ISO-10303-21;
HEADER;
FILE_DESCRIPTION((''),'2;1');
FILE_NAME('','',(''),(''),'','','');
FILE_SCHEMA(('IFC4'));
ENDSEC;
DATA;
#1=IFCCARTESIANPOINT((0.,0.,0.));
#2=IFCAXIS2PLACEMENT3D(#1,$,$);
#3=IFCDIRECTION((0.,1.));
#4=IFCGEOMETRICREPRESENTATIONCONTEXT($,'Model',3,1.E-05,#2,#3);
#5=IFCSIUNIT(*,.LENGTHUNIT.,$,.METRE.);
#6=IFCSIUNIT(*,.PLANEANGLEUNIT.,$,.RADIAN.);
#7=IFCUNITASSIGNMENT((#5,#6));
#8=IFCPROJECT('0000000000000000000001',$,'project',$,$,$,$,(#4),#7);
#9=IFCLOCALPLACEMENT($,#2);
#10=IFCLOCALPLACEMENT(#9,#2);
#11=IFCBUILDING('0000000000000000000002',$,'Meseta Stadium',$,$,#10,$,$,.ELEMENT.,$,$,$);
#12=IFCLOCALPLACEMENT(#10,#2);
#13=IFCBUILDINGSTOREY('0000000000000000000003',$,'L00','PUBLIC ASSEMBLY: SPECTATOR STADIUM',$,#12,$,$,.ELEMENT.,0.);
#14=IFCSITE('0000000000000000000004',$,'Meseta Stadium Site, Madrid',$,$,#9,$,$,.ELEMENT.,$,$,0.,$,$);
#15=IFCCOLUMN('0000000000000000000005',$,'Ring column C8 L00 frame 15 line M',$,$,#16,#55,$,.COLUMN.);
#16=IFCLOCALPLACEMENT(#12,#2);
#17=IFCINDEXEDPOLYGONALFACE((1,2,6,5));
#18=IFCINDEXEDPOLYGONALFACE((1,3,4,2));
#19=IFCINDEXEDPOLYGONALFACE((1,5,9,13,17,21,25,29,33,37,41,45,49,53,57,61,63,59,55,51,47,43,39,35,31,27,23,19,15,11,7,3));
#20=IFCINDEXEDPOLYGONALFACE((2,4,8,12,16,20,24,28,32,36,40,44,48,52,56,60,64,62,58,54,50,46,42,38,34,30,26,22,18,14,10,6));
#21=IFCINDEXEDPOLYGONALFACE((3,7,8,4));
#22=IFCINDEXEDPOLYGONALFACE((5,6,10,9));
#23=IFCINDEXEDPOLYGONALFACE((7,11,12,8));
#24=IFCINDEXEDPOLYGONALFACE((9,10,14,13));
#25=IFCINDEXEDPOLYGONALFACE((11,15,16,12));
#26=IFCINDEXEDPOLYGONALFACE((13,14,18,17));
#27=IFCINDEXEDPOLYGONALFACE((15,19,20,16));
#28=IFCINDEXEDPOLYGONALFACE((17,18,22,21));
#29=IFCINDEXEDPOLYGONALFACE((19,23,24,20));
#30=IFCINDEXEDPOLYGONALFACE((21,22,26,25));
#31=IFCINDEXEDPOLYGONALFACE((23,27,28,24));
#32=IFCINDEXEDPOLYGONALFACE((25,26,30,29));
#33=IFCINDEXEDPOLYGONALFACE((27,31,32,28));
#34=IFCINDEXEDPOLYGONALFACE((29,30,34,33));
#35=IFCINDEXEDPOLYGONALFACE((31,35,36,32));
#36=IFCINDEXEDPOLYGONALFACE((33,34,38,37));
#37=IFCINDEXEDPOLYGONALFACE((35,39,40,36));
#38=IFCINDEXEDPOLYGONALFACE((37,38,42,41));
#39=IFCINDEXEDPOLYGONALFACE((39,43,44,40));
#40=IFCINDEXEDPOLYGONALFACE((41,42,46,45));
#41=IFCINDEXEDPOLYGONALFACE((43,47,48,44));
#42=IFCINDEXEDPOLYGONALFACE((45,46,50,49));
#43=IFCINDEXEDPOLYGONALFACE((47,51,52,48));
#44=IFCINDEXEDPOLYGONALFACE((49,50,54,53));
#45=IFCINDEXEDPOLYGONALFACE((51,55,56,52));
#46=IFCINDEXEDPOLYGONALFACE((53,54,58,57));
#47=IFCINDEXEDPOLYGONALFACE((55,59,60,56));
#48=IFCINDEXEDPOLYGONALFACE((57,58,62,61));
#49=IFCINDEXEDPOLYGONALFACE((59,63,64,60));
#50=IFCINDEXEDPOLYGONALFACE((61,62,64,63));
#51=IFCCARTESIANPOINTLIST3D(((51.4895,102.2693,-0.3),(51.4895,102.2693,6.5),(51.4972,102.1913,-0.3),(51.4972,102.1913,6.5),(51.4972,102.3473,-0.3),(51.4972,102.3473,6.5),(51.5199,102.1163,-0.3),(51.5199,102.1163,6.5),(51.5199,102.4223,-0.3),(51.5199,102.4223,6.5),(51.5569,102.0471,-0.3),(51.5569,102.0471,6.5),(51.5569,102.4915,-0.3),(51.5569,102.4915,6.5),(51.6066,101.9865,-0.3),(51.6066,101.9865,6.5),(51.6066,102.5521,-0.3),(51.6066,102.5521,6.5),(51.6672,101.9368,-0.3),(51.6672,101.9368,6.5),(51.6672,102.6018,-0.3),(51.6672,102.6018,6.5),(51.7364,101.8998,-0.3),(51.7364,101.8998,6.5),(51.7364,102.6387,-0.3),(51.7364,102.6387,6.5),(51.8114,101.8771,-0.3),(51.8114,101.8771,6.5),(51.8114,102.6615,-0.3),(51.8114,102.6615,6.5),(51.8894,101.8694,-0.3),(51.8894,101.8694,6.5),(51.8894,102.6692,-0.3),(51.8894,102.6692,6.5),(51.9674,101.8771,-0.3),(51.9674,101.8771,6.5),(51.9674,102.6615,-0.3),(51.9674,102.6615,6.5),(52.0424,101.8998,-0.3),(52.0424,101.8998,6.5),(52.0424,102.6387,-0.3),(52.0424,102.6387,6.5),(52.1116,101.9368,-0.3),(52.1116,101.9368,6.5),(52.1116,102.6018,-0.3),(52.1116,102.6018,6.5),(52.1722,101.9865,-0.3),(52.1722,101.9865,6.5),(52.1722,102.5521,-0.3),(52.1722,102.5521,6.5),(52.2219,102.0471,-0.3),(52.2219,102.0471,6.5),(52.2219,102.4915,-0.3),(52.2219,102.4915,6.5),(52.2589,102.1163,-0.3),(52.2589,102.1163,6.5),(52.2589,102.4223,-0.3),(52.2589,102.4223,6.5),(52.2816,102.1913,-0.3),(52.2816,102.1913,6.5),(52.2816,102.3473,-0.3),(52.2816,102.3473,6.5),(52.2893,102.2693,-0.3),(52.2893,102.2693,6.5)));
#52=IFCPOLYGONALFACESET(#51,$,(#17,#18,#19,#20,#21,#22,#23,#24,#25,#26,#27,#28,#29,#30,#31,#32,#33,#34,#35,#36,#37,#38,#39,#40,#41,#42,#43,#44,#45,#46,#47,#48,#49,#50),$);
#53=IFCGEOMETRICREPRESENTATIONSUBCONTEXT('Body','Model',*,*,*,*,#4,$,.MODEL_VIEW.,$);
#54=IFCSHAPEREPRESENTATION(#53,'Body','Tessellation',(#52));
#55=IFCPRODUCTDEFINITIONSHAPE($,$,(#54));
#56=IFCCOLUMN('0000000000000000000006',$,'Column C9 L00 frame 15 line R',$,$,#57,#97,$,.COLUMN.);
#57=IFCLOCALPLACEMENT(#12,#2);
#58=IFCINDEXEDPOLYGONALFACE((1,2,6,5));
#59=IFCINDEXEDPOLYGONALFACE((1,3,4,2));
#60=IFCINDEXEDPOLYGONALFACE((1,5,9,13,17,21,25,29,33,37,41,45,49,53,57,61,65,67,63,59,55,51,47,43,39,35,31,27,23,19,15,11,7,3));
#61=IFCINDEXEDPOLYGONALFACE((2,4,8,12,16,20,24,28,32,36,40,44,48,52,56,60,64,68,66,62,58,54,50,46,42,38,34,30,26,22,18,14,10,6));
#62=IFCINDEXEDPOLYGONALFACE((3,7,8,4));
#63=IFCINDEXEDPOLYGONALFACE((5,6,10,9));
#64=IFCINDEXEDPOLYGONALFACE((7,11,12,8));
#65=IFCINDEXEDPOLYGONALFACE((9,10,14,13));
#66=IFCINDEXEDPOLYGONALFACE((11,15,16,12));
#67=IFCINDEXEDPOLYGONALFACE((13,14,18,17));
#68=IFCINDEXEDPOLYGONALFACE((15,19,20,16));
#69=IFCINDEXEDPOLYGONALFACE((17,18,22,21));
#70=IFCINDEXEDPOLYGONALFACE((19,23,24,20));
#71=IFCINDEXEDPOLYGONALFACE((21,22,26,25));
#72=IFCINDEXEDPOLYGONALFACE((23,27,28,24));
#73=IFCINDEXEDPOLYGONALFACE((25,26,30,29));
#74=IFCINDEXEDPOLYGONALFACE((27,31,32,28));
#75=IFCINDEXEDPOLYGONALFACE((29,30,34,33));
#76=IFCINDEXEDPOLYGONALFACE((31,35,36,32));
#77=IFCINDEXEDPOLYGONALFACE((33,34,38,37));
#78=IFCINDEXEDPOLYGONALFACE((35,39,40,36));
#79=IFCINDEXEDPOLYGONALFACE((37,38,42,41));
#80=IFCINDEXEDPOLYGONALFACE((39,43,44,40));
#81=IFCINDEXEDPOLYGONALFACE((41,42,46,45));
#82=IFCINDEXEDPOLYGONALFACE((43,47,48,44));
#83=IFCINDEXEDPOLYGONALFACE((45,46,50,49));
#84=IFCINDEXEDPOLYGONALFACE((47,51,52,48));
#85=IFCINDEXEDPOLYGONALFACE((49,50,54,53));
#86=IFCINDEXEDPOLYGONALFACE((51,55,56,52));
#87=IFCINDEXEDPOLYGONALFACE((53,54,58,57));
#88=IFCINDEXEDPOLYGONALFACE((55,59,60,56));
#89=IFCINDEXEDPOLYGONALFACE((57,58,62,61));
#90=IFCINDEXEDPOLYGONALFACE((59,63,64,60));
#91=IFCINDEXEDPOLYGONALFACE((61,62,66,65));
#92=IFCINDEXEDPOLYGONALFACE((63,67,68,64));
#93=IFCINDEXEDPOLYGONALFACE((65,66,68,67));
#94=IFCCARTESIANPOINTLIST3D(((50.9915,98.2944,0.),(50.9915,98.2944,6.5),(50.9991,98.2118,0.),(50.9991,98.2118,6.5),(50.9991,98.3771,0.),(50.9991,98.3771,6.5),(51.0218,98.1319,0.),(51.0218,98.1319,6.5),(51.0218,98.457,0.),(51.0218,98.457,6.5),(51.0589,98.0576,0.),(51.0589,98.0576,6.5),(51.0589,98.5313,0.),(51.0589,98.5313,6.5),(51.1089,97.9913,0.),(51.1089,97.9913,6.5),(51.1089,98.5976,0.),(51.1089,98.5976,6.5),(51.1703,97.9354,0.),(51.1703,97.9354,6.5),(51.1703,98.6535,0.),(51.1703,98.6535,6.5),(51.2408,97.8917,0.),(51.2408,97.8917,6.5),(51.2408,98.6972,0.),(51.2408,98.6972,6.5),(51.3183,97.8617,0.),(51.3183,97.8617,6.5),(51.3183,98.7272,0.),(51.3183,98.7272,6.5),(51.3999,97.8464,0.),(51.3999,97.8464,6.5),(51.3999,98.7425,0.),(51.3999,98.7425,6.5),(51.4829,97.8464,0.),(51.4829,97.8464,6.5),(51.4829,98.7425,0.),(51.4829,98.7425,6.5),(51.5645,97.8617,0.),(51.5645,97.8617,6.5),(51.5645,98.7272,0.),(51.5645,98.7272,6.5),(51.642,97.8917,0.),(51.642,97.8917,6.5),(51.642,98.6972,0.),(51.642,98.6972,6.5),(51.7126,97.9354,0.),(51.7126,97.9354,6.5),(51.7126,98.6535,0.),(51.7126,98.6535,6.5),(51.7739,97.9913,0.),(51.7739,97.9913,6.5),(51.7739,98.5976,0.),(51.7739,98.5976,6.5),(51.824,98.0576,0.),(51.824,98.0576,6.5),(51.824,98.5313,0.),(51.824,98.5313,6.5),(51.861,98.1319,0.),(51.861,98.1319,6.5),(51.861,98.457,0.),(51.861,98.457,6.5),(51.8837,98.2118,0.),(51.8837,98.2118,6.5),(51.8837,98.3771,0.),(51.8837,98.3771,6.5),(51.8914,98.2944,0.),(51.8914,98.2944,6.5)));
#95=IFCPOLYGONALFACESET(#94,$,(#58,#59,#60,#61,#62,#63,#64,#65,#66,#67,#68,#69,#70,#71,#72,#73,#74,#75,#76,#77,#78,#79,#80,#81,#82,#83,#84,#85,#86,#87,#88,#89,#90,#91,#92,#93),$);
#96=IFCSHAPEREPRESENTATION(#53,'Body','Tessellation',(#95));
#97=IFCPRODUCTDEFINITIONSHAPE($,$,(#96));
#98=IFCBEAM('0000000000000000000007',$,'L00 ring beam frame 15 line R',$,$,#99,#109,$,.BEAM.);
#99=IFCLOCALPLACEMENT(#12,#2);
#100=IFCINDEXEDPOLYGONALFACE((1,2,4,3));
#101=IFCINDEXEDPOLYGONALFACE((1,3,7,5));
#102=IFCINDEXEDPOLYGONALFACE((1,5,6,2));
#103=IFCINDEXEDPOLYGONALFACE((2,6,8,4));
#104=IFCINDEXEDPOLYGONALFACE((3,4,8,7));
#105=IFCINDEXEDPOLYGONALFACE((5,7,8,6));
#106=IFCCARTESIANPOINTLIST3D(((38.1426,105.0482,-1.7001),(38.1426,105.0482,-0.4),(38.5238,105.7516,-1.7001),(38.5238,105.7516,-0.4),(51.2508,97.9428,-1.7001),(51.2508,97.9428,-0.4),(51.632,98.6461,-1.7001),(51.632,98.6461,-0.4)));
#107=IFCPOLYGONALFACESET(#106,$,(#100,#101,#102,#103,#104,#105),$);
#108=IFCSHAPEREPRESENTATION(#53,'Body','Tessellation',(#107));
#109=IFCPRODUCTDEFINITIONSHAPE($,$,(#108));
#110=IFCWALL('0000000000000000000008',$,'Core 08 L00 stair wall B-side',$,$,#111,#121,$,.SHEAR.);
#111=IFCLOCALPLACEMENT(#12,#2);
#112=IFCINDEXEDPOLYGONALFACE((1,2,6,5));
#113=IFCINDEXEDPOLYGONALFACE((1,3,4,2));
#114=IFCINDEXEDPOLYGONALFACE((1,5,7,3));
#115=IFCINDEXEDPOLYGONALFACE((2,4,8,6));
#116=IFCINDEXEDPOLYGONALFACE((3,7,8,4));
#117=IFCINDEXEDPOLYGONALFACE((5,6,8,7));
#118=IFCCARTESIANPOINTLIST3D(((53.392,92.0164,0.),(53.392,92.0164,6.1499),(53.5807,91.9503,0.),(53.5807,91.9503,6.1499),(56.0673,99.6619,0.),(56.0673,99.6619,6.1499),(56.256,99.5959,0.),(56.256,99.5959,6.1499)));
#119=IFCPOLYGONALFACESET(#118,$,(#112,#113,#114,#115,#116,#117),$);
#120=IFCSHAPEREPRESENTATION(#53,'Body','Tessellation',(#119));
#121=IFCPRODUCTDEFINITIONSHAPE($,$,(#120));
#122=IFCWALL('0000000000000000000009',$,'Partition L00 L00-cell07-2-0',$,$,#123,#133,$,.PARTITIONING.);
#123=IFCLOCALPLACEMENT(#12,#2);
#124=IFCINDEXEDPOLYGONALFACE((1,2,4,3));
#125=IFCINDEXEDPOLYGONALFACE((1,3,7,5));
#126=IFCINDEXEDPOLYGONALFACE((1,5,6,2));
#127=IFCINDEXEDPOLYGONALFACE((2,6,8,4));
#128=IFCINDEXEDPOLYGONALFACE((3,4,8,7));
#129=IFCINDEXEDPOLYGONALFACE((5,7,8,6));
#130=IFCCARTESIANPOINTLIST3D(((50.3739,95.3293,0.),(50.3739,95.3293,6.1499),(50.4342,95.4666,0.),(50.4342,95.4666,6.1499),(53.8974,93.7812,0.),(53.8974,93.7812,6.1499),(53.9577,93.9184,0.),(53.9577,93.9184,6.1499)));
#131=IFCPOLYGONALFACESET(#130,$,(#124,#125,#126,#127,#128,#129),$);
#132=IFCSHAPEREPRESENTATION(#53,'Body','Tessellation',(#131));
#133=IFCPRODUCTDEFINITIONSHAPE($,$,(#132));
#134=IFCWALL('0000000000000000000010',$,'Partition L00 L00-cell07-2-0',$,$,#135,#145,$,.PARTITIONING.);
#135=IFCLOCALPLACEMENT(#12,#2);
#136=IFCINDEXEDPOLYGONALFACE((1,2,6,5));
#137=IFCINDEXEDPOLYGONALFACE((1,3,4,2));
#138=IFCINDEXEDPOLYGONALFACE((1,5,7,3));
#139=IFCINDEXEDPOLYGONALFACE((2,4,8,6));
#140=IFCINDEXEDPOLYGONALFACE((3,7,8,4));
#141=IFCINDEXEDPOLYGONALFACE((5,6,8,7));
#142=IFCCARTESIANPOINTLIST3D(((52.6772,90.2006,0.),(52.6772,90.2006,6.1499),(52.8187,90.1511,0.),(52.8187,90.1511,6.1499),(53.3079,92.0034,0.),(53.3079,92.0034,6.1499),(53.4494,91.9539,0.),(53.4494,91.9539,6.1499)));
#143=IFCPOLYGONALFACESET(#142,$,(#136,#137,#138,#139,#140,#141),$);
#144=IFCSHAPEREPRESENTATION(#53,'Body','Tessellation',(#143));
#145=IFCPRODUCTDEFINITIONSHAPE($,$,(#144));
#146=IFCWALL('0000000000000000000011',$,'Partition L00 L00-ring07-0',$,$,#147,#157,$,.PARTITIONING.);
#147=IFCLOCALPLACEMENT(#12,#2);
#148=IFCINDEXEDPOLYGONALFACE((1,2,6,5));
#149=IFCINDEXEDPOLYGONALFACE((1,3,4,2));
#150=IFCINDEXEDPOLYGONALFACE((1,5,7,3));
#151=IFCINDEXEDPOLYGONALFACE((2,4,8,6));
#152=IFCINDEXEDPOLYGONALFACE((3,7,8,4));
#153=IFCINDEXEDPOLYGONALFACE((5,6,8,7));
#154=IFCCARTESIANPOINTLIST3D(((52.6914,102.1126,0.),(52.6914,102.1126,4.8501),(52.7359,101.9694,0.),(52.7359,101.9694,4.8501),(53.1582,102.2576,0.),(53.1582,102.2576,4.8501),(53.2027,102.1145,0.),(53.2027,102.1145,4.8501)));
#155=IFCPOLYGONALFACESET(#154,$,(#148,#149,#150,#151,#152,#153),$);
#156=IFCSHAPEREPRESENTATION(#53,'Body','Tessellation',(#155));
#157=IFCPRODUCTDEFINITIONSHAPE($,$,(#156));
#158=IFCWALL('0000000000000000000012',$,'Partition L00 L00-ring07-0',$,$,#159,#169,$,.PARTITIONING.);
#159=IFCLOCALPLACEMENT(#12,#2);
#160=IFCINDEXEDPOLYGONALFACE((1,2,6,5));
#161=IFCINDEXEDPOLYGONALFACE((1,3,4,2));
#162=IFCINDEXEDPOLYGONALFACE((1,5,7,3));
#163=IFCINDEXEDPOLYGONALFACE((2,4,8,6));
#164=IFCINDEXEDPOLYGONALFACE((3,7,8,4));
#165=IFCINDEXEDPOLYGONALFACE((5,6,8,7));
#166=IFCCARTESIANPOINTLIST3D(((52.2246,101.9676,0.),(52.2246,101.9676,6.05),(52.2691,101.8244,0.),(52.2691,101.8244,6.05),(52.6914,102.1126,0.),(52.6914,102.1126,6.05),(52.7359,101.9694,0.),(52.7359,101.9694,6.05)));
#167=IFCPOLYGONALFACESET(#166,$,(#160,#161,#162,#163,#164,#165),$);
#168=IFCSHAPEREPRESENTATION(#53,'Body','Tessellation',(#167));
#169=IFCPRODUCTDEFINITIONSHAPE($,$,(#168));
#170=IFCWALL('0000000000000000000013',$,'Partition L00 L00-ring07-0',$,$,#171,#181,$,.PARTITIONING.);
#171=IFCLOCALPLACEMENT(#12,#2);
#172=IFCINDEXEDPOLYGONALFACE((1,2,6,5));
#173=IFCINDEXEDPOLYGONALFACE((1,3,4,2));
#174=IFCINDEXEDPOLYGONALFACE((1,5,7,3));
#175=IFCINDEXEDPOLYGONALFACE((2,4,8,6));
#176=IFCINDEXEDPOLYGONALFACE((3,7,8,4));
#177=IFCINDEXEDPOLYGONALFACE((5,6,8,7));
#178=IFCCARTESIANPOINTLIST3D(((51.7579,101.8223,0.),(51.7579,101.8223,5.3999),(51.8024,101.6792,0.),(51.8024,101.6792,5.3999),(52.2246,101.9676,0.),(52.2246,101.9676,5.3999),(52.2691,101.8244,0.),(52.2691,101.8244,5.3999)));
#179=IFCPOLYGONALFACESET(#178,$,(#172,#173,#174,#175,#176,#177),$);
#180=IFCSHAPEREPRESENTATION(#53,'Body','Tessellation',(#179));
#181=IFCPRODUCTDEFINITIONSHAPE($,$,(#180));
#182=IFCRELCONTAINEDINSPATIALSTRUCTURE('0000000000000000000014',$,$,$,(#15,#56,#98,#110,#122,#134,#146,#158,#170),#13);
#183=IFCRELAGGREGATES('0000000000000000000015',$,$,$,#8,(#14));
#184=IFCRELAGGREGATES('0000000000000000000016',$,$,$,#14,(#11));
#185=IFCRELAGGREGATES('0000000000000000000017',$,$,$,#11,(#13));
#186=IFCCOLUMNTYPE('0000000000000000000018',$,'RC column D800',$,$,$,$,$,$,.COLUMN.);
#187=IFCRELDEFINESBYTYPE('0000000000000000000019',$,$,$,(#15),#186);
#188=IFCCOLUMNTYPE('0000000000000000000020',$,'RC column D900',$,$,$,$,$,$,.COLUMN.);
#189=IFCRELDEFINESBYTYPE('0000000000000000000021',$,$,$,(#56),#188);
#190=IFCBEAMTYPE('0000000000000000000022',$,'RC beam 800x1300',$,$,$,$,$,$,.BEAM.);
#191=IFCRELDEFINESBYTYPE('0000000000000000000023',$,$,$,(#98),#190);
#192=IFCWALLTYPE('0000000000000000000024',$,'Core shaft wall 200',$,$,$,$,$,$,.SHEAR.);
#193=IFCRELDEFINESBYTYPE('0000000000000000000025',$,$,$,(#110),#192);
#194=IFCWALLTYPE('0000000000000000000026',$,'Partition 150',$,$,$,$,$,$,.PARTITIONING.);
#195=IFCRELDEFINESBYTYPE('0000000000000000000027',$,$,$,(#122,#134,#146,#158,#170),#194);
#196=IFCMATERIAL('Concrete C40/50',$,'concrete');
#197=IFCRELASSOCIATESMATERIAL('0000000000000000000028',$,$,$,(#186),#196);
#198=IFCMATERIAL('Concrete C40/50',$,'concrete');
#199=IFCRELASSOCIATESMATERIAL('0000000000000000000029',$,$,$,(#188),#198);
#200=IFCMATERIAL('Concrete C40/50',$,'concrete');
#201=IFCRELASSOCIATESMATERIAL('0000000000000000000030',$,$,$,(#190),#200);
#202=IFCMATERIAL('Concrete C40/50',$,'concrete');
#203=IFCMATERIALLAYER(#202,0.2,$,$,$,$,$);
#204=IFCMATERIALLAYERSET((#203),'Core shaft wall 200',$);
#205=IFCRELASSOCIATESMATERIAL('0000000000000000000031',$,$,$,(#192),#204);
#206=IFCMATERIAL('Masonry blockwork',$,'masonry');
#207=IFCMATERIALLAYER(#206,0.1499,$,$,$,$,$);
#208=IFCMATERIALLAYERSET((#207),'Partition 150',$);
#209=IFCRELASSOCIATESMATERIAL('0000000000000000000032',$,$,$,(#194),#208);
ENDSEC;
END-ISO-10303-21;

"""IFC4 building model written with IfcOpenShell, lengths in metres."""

from ifc_helpers import new_model, si_unit, direction, frame, frame_2d, origin, origin_2d, place, context, subcontext, project, spatial, rectangle, circle, extrude, material, layer, layer_set, material_profile, profile_set, type_object, element, save


model = new_model("IFC4")

# Units and contexts
model_context = context("Model", 3, precision=1e-05, world=origin(), true_north=direction((0.0, 1.0)))
body_context = subcontext(model_context, "Body", "Model", "MODEL_VIEW")
ifc_project = project(units=[si_unit("LENGTHUNIT", "METRE"), si_unit("PLANEANGLEUNIT", "RADIAN")], contexts=[model_context])

# Site, building, storey
site_placement = place(None, origin())
site = spatial("IfcSite", under=ifc_project, at=site_placement, Name="Meseta Stadium Site, Madrid", CompositionType="ELEMENT", RefElevation=0.0)
building_placement = place(site_placement, origin())
building = spatial("IfcBuilding", under=site, at=building_placement, Name="Meseta Stadium", CompositionType="ELEMENT")
storey_placement = place(building_placement, origin())
storey = spatial("IfcBuildingStorey", under=building, at=storey_placement, Name="L00", Description="PUBLIC ASSEMBLY: SPECTATOR STADIUM", CompositionType="ELEMENT", Elevation=0.0)

# Columns
ifc_material_1 = material(Name="Concrete C40/50", Category="concrete")
ifc_material_profile_1 = material_profile(ifc_material_1, circle(Radius=0.3999, at=origin_2d()), Name="RC D800")
ifc_profile_set_1 = profile_set([ifc_material_profile_1], Name="Concrete C40/50")
column_type_1 = type_object("IfcColumnType", Name="RC column D800", PredefinedType="COLUMN", material=ifc_profile_set_1)
column_1_placement = place(storey_placement, frame((51.8894, 102.2693, -0.3), z_axis=(0.0, 0.0, 1.0), x_axis=(1.0, 0.0, 0.0)))
element("IfcColumn", 1, at=column_1_placement, inside=storey, type_object=column_type_1, Name="Ring column C8 L00 frame 15 line M", PredefinedType="COLUMN", context=body_context, shape_type="SweptSolid", body=[
    extrude(circle(Radius=0.3999, at=origin_2d()), origin(), (0.0, 0.0, 1.0), 6.8),
])
ifc_material_2 = material(Name="Concrete C40/50", Category="concrete")
ifc_material_profile_2 = material_profile(ifc_material_2, circle(Radius=0.45, at=origin_2d()), Name="RC D900")
ifc_profile_set_2 = profile_set([ifc_material_profile_2], Name="Concrete C40/50")
column_type_2 = type_object("IfcColumnType", Name="RC column D900", PredefinedType="COLUMN", material=ifc_profile_set_2)
column_2_placement = place(storey_placement, frame((51.4414, 98.2944, 0.0), z_axis=(0.0, 0.0, 1.0), x_axis=(1.0, 0.0, 0.0)))
element("IfcColumn", 2, at=column_2_placement, inside=storey, type_object=column_type_2, Name="Column C9 L00 frame 15 line R", PredefinedType="COLUMN", context=body_context, shape_type="SweptSolid", body=[
    extrude(circle(Radius=0.45, at=origin_2d()), origin(), (0.0, 0.0, 1.0), 6.5),
])

# Beam
ifc_material_3 = material(Name="Concrete C40/50", Category="concrete")
ifc_material_profile_3 = material_profile(ifc_material_3, rectangle(XDim=0.8, YDim=1.3, at=origin_2d()), Name="RC 800x1300")
ifc_profile_set_3 = profile_set([ifc_material_profile_3], Name="Concrete C40/50")
beam_type = type_object("IfcBeamType", Name="RC beam 800x1300", PredefinedType="BEAM", material=ifc_profile_set_3)
beam_placement = place(storey_placement, frame((51.4414, 98.2944, -1.05), z_axis=(-0.879145, 0.476554, 0.0), x_axis=(-0.476554, -0.879145, 0.0)))
element("IfcBeam", 3, at=beam_placement, inside=storey, type_object=beam_type, Name="L00 ring beam frame 15 line R", PredefinedType="BEAM", context=body_context, shape_type="SweptSolid", body=[
    extrude(rectangle(XDim=0.8, YDim=1.3, at=origin_2d()), origin(), (0.0, 0.0, 1.0), 14.9102),
])

# Walls
ifc_material_4 = material(Name="Concrete C40/50", Category="concrete")
ifc_layer_1 = layer(ifc_material_4, 0.2)
ifc_layer_set_1 = layer_set([ifc_layer_1], Name="Core shaft wall 200")
wall_type_1 = type_object("IfcWallType", Name="Core shaft wall 200", PredefinedType="SHEAR", material=ifc_layer_set_1)
wall_1_placement = place(storey_placement, frame((56.1616, 99.6289, 0.0), z_axis=(0.0, 0.0, 1.0), x_axis=(-0.330281, -0.943883, 0.0)))
element("IfcWall", 4, at=wall_1_placement, inside=storey, type_object=wall_type_1, Name="Core 08 L00 stair wall B-side", PredefinedType="SHEAR", context=body_context, shape_type="SweptSolid", body=[
    extrude(rectangle(XDim=8.1001, YDim=0.2, at=frame_2d((4.05, 0.0))), origin(), (0.0, 0.0, 1.0), 6.1499),
])
ifc_material_5 = material(Name="Masonry blockwork", Category="masonry")
ifc_layer_2 = layer(ifc_material_5, 0.1499)
ifc_layer_set_2 = layer_set([ifc_layer_2], Name="Partition 150")
wall_type_2 = type_object("IfcWallType", Name="Partition 150", PredefinedType="PARTITIONING", material=ifc_layer_set_2)
wall_2_placement = place(storey_placement, frame((50.4041, 95.3979, 0.0), z_axis=(0.0, 0.0, 1.0), x_axis=(0.915527, -0.402256, 0.0)))
element("IfcWall", 5, at=wall_2_placement, inside=storey, type_object=wall_type_2, Name="Partition L00 L00-cell07-2-0", PredefinedType="PARTITIONING", context=body_context, shape_type="SweptSolid", body=[
    extrude(rectangle(XDim=3.8486, YDim=0.1499, at=frame_2d((1.9243, 0.0))), origin(), (0.0, 0.0, 1.0), 6.1499),
])
wall_3_placement = place(storey_placement, frame((53.3787, 91.9788, 0.0), z_axis=(0.0, 0.0, 1.0), x_axis=(-0.330191, -0.943914, 0.0)))
element("IfcWall", 6, at=wall_3_placement, inside=storey, type_object=wall_type_2, Name="Partition L00 L00-cell07-2-0", PredefinedType="PARTITIONING", context=body_context, shape_type="SweptSolid", body=[
    extrude(rectangle(XDim=1.9099, YDim=0.1499, at=frame_2d((0.9551, 0.0))), origin(), (0.0, 0.0, 1.0), 6.1499),
])
wall_4_placement = place(storey_placement, frame((53.1804, 102.186, 0.0), z_axis=(0.0, 0.0, 1.0), x_axis=(-0.954976, -0.296682, 0.0)))
element("IfcWall", 7, at=wall_4_placement, inside=storey, type_object=wall_type_2, Name="Partition L00 L00-ring07-0", PredefinedType="PARTITIONING", context=body_context, shape_type="SweptSolid", body=[
    extrude(rectangle(XDim=0.4888, YDim=0.1499, at=frame_2d((0.2444, 0.0))), origin(), (0.0, 0.0, 1.0), 4.8501),
])
wall_5_placement = place(storey_placement, frame((52.7136, 102.041, 0.0), z_axis=(0.0, 0.0, 1.0), x_axis=(-0.954976, -0.296682, 0.0)))
element("IfcWall", 8, at=wall_5_placement, inside=storey, type_object=wall_type_2, Name="Partition L00 L00-ring07-0", PredefinedType="PARTITIONING", context=body_context, shape_type="SweptSolid", body=[
    extrude(rectangle(XDim=0.4888, YDim=0.1499, at=frame_2d((0.2444, 0.0))), origin(), (0.0, 0.0, 1.0), 6.05),
])
wall_6_placement = place(storey_placement, frame((52.2468, 101.896, 0.0), z_axis=(0.0, 0.0, 1.0), x_axis=(-0.954835, -0.297137, 0.0)))
element("IfcWall", 9, at=wall_6_placement, inside=storey, type_object=wall_type_2, Name="Partition L00 L00-ring07-0", PredefinedType="PARTITIONING", context=body_context, shape_type="SweptSolid", body=[
    extrude(rectangle(XDim=0.4888, YDim=0.1499, at=frame_2d((0.2444, 0.0))), origin(), (0.0, 0.0, 1.0), 5.3999),
])

save(model, "model.ifc")
